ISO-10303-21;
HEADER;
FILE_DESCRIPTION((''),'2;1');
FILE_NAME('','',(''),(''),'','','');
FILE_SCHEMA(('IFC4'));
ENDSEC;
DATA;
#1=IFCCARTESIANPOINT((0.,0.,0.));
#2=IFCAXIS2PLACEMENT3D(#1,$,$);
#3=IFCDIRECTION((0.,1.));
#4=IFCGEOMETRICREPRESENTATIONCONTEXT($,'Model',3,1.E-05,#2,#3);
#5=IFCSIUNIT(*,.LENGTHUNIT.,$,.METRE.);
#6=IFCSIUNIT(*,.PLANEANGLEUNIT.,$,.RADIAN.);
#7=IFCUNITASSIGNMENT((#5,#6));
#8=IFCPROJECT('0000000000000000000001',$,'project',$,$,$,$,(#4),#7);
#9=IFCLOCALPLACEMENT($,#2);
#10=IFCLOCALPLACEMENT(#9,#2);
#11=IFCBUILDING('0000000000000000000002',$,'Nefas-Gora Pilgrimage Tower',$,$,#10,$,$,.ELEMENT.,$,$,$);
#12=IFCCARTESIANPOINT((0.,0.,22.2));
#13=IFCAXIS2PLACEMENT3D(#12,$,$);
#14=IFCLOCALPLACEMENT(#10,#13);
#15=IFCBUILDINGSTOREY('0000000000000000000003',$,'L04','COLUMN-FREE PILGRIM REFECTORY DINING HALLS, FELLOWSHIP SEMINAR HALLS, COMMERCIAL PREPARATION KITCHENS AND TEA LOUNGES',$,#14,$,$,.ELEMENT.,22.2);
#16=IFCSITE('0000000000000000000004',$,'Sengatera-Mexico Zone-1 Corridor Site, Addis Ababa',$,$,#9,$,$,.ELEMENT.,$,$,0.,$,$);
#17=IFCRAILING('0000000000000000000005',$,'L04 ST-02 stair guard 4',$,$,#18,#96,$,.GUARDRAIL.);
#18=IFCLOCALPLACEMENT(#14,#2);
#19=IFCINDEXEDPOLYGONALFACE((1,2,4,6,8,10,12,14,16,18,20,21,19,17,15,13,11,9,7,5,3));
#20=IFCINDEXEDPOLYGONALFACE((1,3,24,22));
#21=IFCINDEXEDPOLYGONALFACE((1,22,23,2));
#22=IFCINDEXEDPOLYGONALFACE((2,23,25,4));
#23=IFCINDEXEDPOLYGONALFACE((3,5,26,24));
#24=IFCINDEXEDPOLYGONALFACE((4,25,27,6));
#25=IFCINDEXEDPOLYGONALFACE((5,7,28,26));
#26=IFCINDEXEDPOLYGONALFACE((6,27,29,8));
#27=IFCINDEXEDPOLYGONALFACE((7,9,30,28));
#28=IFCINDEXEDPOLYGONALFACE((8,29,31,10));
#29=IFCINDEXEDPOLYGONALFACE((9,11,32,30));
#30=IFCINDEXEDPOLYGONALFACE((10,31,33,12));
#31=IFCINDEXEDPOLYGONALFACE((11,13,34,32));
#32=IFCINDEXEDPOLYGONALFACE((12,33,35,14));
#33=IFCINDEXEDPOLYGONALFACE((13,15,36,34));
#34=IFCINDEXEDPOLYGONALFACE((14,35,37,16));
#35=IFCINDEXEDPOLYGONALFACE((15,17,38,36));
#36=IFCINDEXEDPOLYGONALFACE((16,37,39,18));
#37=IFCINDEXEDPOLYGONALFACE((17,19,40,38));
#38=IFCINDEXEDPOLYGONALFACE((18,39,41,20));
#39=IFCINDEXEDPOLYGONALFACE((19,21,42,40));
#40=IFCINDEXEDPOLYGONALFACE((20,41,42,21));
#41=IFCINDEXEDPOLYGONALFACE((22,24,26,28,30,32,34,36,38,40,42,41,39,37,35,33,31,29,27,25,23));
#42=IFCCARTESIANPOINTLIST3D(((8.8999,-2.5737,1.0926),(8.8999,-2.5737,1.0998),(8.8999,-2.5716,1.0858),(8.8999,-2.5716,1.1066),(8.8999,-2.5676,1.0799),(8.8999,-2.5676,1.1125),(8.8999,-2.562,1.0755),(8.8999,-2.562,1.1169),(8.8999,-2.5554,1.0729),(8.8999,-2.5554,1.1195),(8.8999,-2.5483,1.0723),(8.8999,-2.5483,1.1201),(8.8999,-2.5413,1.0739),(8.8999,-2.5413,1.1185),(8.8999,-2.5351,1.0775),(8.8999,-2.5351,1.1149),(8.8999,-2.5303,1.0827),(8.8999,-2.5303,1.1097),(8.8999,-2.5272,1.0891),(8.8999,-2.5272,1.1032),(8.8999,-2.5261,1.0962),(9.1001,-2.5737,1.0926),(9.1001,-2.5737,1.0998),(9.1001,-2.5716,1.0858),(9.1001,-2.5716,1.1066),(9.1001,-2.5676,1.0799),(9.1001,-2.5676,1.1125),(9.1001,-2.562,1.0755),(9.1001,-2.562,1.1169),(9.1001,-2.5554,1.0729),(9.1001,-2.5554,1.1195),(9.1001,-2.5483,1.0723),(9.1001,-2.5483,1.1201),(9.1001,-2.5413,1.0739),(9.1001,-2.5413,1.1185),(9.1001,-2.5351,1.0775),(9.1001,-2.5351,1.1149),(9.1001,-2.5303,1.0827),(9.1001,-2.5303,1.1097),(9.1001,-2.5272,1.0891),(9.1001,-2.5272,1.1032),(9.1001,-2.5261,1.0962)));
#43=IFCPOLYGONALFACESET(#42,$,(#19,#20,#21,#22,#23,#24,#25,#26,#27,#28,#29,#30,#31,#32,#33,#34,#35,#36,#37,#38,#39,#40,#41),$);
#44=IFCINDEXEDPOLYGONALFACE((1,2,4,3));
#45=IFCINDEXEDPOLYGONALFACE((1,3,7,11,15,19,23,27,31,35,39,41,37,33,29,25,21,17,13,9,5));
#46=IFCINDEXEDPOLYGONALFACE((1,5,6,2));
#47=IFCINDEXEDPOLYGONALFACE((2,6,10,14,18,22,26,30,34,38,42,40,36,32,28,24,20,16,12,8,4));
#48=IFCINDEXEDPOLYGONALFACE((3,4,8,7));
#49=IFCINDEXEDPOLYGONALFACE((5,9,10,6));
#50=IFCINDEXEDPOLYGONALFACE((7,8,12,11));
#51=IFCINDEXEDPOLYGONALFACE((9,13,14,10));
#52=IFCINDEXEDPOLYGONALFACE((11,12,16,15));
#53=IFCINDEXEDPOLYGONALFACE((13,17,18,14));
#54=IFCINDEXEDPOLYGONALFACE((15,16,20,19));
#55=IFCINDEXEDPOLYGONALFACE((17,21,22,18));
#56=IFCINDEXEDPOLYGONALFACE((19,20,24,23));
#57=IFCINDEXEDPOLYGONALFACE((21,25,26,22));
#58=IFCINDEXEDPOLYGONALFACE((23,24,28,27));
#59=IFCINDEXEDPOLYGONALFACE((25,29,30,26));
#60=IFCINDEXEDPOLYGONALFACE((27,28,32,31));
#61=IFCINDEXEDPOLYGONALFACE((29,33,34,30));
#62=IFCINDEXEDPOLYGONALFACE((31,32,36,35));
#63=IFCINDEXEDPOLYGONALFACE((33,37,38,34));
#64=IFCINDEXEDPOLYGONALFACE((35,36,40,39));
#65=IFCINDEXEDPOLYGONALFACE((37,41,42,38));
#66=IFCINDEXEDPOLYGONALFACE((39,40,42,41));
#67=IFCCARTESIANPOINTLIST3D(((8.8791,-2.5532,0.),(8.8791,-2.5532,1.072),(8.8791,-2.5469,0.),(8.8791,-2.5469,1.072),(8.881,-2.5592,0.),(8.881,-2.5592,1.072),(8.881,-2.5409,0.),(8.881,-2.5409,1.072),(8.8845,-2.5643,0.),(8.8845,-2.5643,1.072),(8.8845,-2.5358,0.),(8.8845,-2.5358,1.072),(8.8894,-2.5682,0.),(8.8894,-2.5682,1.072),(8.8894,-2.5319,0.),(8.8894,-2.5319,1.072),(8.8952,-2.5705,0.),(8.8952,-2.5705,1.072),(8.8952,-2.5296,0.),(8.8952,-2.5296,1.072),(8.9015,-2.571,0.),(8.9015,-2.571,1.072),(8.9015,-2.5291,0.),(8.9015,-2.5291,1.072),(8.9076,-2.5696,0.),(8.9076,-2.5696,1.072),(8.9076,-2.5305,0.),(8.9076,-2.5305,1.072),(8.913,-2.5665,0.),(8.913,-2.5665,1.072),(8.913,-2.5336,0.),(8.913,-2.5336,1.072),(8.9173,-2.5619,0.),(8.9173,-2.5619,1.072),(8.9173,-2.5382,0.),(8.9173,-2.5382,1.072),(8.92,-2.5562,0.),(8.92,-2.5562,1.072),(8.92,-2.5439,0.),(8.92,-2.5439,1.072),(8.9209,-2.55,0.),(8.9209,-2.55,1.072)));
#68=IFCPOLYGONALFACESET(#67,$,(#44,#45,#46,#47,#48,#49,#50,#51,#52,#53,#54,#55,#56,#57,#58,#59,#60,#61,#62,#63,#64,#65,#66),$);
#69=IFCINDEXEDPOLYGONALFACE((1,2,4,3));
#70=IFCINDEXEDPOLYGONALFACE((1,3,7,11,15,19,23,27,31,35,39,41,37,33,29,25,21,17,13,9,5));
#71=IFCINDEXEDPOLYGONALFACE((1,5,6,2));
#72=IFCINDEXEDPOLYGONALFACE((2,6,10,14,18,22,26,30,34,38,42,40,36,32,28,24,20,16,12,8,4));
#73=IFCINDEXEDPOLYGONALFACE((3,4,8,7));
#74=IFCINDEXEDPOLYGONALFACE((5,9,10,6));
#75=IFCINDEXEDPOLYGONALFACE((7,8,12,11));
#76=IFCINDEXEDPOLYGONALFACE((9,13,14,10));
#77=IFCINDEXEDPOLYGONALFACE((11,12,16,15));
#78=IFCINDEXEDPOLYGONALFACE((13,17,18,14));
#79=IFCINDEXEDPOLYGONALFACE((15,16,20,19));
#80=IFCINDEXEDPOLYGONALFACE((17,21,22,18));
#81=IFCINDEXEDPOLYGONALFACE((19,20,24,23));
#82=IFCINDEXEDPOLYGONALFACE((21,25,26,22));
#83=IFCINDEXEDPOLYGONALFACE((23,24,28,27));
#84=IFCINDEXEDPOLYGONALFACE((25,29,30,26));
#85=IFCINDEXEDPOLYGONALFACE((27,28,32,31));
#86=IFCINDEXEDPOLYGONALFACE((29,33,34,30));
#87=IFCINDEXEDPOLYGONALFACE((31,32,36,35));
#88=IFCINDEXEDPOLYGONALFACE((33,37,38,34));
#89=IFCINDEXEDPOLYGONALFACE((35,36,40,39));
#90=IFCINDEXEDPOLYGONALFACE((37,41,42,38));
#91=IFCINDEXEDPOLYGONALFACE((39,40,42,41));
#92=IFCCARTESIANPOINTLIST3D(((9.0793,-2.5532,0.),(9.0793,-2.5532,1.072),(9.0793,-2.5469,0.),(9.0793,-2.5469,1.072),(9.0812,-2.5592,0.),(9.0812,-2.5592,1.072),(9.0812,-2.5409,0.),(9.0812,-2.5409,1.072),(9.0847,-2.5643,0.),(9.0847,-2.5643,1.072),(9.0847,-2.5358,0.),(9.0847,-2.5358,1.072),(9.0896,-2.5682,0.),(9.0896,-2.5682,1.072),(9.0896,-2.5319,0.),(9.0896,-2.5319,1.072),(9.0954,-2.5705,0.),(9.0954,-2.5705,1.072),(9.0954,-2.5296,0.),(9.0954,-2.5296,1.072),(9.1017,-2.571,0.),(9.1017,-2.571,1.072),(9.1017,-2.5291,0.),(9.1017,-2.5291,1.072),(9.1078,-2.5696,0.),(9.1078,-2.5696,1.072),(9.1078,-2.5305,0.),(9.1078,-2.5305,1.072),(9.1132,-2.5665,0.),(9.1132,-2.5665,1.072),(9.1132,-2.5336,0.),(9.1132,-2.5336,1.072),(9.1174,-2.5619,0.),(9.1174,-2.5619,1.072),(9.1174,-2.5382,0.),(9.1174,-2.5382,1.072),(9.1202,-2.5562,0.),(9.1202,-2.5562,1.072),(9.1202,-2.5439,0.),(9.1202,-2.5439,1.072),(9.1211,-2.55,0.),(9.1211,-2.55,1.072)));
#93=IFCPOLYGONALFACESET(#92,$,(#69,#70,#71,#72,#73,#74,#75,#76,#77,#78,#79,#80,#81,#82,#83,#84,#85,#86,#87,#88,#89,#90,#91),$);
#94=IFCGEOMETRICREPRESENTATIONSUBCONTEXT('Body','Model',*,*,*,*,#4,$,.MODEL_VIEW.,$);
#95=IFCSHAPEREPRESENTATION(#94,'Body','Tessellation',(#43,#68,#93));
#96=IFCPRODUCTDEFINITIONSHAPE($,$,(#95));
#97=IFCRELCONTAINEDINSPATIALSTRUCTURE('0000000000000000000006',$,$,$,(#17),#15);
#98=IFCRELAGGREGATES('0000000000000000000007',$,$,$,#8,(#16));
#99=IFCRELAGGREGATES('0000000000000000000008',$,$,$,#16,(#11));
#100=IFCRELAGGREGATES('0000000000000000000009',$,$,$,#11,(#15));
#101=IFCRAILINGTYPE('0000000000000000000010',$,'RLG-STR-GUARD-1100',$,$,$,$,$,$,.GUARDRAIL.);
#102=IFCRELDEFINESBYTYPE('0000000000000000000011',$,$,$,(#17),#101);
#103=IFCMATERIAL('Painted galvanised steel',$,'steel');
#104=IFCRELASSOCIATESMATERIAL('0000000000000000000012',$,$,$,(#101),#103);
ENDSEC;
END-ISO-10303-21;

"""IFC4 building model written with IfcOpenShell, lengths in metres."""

from ifc_helpers import new_model, si_unit, direction, frame, origin, origin_2d, place, context, subcontext, project, spatial, circle, extrude, material, type_object, element, save


model = new_model("IFC4")

# Units and contexts
model_context = context("Model", 3, precision=1e-05, world=origin(), true_north=direction((0.0, 1.0)))
body_context = subcontext(model_context, "Body", "Model", "MODEL_VIEW")
ifc_project = project(units=[si_unit("LENGTHUNIT", "METRE"), si_unit("PLANEANGLEUNIT", "RADIAN")], contexts=[model_context])

# Site, building, storey
site_placement = place(None, origin())
site = spatial("IfcSite", under=ifc_project, at=site_placement, Name="Sengatera-Mexico Zone-1 Corridor Site, Addis Ababa", CompositionType="ELEMENT", RefElevation=0.0)
building_placement = place(site_placement, origin())
building = spatial("IfcBuilding", under=site, at=building_placement, Name="Nefas-Gora Pilgrimage Tower", CompositionType="ELEMENT")
storey_placement = place(building_placement, frame((0.0, 0.0, 22.2)))
storey = spatial("IfcBuildingStorey", under=building, at=storey_placement, Name="L04", Description="COLUMN-FREE PILGRIM REFECTORY DINING HALLS, FELLOWSHIP SEMINAR HALLS, COMMERCIAL PREPARATION KITCHENS AND TEA LOUNGES", CompositionType="ELEMENT", Elevation=22.2)

# Railing
ifc_material_1 = material(Name="Painted galvanised steel", Category="steel")
railing_type_1 = type_object("IfcRailingType", Name="RLG-STR-GUARD-1100", PredefinedType="GUARDRAIL", material=ifc_material_1)
railing_1_placement = place(storey_placement, frame((8.8999, -2.55, 0.0)))
element("IfcRailing", 1, at=railing_1_placement, inside=storey, type_object=railing_type_1, Name="L04 ST-02 stair guard 4", PredefinedType="GUARDRAIL", context=body_context, shape_type="SweptSolid", body=[
    extrude(circle(Radius=0.0239, at=origin_2d()), frame((0.0, 0.0, 1.0962), z_axis=(1.0, 0.0, 0.0), x_axis=(0.0, 1.0, 0.0)), (0.0, 0.0, 1.0), 0.2002),
    extrude(circle(Radius=0.021, at=origin_2d()), origin(), (0.0, 0.0, 1.0), 1.072),
    extrude(circle(Radius=0.021, at=origin_2d()), frame((0.2002, 0.0, 0.0)), (0.0, 0.0, 1.0), 1.072),
])

save(model, "model.ifc")
